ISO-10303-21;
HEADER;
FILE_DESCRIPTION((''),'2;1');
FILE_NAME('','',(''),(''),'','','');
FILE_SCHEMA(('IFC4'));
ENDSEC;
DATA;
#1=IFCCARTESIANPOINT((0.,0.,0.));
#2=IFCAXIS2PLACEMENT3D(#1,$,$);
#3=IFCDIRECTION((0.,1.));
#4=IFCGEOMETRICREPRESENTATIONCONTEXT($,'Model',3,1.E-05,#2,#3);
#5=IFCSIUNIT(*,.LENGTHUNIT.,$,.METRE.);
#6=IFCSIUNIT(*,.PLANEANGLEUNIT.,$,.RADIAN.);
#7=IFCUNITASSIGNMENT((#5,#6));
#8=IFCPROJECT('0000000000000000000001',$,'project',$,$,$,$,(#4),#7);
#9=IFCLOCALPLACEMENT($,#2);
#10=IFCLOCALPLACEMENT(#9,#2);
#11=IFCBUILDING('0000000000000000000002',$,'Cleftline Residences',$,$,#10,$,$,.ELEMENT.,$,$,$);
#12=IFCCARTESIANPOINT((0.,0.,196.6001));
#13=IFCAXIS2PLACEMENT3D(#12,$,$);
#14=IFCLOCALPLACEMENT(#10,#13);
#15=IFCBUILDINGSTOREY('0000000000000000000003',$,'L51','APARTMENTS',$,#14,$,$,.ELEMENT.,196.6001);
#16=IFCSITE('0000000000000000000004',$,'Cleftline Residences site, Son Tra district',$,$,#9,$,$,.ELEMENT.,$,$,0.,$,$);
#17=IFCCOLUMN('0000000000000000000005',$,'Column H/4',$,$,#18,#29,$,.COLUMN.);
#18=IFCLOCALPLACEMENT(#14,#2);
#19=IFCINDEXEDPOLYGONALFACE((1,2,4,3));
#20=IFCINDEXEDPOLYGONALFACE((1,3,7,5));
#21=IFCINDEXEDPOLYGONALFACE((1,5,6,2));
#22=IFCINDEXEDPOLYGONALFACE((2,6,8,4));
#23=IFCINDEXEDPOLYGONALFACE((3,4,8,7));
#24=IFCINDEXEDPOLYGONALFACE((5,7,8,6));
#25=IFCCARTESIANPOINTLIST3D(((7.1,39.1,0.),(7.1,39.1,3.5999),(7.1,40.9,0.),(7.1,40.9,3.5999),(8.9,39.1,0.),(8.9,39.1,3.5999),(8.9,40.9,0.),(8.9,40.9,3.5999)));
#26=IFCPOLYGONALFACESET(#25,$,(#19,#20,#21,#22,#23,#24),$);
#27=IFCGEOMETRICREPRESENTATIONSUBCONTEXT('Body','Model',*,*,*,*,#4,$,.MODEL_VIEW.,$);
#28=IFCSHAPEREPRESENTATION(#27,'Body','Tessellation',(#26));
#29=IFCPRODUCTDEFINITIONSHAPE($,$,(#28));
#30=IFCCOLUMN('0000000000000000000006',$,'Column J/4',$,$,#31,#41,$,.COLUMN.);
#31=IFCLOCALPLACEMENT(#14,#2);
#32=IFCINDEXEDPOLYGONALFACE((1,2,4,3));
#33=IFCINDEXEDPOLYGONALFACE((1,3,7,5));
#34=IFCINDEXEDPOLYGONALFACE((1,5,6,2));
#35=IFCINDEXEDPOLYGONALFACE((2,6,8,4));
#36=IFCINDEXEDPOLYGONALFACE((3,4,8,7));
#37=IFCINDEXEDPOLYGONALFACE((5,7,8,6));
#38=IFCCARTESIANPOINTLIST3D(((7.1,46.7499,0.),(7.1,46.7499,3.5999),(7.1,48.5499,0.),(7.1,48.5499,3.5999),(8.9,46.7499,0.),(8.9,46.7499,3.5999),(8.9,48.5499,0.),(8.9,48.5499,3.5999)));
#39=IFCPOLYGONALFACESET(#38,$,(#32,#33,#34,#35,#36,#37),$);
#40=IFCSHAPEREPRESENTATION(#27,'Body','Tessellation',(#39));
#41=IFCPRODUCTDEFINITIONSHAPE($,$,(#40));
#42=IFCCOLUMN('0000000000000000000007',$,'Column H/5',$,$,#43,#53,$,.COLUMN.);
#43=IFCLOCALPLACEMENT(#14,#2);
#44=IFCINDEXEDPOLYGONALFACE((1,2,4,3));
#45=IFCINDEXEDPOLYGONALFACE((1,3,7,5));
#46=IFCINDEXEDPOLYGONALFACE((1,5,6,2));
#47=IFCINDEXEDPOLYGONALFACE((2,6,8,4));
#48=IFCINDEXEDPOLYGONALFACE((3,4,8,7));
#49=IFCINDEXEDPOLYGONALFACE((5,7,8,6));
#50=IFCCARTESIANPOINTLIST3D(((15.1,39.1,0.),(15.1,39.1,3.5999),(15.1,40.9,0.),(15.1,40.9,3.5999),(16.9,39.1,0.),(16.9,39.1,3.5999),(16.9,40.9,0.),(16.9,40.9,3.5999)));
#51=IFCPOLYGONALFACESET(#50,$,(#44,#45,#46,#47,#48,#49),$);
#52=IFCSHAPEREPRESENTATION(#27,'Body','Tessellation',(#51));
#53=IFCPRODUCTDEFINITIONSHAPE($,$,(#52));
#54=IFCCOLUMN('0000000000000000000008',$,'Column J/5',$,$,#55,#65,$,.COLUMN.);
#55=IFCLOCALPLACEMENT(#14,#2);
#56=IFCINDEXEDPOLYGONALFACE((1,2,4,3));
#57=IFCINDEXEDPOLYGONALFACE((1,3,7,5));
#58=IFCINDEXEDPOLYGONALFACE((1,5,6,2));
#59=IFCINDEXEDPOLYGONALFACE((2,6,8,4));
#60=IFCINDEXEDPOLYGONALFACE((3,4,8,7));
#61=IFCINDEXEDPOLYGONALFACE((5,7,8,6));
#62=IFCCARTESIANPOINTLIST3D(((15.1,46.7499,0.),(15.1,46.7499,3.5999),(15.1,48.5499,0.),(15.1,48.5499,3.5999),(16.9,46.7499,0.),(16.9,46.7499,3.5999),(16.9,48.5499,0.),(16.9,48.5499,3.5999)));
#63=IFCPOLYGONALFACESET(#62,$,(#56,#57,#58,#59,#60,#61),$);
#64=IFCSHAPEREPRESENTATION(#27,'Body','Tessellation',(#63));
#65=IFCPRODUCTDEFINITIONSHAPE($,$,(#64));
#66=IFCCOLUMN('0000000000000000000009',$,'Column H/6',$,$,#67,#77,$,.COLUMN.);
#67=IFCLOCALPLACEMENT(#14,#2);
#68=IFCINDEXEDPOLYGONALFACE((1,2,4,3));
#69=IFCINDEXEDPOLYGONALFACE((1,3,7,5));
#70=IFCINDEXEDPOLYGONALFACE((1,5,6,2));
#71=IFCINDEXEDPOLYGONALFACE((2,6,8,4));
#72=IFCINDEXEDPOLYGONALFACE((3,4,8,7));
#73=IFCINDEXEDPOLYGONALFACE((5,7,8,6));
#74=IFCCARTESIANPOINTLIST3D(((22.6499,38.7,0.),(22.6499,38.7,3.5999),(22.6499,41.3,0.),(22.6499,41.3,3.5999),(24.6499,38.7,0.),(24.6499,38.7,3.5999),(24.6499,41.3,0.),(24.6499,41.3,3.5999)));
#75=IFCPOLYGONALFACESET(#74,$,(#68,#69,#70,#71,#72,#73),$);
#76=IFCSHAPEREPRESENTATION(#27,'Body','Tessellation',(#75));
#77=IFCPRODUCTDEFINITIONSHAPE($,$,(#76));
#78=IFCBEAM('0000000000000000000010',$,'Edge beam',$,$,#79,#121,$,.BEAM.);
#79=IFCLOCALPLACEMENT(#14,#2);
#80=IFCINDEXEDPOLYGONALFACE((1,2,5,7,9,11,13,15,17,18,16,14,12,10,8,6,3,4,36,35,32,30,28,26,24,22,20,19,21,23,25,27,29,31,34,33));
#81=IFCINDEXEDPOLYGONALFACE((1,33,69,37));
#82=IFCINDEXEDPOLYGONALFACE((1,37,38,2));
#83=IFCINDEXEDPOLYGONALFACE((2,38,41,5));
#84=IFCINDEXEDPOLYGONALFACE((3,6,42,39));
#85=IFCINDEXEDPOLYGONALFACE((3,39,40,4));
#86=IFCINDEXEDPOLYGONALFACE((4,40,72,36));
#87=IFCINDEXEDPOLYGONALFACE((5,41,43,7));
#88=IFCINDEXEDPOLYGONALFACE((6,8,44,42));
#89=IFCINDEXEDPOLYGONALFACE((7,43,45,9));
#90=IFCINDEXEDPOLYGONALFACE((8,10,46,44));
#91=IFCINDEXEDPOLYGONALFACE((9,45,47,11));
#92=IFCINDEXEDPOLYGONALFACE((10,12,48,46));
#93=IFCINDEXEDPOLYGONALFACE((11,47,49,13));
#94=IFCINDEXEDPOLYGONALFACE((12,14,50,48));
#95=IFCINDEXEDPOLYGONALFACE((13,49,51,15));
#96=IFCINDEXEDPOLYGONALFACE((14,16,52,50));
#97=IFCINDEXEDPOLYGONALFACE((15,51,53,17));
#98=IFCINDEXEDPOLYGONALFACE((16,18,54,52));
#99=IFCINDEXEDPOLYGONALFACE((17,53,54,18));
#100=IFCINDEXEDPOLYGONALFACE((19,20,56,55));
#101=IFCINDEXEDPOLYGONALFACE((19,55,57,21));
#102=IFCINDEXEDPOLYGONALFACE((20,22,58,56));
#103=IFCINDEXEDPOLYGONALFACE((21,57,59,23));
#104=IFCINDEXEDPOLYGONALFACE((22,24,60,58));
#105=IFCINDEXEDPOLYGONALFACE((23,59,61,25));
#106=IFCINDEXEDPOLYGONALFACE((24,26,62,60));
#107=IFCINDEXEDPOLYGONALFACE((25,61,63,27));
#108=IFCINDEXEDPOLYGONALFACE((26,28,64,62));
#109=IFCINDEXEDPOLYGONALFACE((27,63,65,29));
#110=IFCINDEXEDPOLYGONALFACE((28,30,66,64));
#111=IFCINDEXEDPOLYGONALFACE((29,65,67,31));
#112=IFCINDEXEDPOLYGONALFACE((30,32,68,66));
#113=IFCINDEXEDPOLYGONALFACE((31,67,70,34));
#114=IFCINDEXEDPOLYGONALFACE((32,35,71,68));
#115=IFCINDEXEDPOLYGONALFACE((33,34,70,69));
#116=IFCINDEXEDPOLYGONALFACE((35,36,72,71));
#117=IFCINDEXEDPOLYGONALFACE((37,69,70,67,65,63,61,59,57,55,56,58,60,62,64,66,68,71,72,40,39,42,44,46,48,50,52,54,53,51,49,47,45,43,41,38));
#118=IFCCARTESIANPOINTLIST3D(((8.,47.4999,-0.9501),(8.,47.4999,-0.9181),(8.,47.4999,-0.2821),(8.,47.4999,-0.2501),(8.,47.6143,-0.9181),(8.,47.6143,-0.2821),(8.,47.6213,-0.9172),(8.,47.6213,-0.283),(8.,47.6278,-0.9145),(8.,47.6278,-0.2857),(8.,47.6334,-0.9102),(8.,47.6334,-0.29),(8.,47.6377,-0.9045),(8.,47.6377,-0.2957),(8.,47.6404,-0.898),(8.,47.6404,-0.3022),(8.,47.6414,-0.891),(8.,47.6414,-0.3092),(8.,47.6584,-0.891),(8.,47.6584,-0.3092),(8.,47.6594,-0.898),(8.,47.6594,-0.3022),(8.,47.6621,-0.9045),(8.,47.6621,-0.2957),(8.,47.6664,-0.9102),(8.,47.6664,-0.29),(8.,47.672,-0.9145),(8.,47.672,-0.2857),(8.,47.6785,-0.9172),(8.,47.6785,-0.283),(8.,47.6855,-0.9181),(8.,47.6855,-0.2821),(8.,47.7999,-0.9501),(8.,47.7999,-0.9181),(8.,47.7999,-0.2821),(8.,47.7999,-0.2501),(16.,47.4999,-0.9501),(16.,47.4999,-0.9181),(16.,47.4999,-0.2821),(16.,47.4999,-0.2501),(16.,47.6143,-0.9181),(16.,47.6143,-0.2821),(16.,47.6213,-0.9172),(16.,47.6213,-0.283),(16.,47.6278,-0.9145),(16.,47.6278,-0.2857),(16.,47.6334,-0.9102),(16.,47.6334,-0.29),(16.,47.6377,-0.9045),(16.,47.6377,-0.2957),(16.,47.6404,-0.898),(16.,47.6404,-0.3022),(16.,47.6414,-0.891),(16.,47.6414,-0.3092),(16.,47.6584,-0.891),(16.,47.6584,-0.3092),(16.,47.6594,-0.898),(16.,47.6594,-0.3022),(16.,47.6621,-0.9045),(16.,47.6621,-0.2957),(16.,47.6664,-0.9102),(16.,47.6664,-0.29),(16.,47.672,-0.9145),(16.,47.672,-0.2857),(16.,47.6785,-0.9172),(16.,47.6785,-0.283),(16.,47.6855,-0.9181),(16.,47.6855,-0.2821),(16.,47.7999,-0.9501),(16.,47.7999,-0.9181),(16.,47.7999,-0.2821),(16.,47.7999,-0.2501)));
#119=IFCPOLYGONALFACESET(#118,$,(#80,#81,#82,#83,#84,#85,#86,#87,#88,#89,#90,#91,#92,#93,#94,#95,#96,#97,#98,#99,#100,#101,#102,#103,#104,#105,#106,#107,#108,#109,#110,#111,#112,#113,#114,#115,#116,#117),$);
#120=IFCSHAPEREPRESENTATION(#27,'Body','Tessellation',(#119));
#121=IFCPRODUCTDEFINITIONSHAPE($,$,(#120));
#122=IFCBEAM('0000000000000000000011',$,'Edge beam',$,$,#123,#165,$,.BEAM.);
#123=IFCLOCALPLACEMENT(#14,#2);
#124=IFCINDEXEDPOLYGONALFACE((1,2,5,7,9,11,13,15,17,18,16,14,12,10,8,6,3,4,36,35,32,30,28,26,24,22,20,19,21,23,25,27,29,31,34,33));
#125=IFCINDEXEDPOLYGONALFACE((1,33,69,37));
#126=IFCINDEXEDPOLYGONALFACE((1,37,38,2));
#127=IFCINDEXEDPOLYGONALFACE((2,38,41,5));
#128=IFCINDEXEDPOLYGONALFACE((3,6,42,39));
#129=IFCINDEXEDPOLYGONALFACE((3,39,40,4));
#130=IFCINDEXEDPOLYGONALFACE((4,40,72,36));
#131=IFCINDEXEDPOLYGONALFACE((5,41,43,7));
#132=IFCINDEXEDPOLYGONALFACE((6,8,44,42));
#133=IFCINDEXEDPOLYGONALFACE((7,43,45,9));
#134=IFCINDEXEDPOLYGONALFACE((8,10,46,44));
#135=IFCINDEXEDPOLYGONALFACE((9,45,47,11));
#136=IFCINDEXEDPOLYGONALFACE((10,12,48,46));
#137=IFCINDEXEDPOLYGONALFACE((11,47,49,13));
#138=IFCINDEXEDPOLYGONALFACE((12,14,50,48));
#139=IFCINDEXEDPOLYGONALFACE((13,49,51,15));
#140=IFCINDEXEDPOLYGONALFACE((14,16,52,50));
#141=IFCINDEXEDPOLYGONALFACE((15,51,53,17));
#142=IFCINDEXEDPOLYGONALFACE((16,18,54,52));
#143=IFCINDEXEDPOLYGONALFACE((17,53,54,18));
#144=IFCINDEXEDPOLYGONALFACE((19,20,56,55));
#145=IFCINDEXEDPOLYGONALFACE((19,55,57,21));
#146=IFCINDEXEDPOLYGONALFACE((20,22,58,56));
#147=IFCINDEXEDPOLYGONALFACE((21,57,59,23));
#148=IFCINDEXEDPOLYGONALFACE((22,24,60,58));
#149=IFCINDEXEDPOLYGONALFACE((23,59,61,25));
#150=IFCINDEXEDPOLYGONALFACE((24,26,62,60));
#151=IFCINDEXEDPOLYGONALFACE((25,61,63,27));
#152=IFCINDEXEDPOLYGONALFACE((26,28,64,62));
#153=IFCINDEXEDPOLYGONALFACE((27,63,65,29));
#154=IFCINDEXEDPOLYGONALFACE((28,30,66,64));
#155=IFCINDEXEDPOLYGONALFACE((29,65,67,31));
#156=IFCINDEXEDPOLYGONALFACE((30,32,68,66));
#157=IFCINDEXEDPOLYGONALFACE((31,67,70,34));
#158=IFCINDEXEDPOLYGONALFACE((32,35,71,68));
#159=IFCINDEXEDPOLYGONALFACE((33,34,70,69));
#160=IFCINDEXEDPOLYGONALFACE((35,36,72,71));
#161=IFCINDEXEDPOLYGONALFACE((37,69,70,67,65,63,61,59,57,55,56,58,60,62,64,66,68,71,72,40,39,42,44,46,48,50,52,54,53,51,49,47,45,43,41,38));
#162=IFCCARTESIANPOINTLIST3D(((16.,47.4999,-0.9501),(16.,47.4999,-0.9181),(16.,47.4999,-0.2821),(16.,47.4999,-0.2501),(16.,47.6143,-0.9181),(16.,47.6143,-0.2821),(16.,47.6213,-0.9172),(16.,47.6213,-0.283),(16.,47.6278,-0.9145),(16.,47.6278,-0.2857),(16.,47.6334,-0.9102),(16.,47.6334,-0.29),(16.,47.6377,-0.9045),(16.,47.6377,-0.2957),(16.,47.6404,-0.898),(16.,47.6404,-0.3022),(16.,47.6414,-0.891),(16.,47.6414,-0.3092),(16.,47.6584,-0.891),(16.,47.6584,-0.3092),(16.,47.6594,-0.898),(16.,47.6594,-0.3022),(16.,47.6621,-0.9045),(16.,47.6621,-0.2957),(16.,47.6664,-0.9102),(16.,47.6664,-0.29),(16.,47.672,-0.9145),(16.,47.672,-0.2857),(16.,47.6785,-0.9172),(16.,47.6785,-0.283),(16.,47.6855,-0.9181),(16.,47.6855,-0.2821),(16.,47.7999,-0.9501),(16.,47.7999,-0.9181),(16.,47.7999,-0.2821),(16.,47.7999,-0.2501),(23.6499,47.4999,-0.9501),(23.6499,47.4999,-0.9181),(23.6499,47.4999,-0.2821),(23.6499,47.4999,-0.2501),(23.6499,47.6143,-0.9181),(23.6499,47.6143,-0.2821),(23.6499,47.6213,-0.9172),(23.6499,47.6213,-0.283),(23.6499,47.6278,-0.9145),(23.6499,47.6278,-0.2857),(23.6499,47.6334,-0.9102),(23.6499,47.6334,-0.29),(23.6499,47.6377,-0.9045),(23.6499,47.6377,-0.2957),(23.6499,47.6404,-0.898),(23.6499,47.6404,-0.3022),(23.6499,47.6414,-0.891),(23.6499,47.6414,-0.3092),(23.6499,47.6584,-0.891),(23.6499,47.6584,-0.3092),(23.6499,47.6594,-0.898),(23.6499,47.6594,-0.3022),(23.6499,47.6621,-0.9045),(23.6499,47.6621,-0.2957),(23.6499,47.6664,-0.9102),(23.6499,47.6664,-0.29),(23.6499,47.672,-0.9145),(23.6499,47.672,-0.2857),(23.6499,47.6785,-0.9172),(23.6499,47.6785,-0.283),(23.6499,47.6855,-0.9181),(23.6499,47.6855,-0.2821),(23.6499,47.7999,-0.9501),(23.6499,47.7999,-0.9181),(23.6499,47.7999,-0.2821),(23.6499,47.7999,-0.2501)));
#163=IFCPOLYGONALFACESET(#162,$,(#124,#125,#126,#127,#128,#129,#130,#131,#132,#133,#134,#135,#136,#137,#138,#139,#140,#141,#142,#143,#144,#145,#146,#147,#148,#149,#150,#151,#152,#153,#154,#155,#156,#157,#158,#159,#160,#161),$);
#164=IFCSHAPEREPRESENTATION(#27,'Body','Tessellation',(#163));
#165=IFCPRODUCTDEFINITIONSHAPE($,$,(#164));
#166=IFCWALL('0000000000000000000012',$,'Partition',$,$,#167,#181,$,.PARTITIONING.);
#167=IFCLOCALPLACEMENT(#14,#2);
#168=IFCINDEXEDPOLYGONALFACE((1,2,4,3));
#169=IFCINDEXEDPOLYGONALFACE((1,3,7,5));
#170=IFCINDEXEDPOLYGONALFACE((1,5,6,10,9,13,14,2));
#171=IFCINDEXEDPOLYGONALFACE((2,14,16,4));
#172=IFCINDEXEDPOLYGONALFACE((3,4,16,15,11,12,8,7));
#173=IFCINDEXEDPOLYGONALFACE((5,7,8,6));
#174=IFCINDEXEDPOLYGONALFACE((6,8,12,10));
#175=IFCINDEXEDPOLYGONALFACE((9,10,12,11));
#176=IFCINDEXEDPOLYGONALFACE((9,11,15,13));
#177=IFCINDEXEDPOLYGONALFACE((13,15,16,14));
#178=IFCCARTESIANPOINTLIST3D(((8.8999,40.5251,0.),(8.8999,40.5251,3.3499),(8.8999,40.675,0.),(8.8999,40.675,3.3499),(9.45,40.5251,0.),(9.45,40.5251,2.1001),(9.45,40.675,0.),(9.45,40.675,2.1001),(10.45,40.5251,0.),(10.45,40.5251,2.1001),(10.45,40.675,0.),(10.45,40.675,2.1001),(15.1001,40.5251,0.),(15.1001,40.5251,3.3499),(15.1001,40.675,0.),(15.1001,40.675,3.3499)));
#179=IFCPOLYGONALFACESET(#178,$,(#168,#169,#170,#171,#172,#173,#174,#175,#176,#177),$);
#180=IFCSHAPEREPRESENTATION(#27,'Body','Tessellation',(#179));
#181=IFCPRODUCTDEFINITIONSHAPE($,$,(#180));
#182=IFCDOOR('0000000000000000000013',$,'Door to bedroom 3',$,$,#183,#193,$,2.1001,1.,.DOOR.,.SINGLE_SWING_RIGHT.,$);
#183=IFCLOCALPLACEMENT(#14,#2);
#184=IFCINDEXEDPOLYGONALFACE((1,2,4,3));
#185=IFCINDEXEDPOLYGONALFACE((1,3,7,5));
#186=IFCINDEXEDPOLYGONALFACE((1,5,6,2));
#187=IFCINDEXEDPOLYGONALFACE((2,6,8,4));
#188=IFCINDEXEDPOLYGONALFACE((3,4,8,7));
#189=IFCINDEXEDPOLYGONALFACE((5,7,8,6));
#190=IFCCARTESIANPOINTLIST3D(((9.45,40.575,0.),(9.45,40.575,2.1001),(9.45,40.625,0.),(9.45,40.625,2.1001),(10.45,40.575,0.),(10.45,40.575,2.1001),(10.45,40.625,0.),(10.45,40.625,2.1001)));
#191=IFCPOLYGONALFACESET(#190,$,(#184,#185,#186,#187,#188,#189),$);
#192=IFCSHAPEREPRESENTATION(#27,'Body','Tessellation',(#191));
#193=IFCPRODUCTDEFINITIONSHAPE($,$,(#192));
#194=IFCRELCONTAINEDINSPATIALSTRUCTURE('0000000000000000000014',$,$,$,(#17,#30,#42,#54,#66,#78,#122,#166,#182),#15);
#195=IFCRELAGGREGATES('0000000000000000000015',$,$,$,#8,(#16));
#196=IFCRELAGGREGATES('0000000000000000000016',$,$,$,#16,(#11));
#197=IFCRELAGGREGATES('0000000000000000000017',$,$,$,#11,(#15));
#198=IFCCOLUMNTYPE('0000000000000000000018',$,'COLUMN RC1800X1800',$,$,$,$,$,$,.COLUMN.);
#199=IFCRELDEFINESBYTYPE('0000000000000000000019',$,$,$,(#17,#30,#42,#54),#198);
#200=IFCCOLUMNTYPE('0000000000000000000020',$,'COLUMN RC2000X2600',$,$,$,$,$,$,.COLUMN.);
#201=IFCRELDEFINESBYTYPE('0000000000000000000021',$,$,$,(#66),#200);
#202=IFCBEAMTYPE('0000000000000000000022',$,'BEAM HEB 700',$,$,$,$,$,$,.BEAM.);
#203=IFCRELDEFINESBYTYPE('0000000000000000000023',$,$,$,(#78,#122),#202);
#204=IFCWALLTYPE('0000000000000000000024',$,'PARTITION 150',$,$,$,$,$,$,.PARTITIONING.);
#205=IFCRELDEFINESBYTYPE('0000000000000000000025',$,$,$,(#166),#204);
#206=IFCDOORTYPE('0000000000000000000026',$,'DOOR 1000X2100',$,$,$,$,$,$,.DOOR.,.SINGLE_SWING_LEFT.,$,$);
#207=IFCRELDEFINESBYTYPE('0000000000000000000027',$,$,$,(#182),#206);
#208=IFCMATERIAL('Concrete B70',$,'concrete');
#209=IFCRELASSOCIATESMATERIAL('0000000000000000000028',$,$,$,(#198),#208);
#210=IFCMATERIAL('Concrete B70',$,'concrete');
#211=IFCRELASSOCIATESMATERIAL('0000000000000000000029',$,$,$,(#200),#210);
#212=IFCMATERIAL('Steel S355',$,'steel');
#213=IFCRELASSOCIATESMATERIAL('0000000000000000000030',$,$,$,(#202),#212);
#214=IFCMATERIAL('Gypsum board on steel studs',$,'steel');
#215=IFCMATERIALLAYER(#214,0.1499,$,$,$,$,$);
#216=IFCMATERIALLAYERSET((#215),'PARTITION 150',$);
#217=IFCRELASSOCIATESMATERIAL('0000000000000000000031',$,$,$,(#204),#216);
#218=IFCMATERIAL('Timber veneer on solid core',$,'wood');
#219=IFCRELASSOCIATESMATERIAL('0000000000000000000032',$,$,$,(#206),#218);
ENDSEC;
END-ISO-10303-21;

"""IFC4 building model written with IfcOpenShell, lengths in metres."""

from ifc_helpers import new_model, si_unit, direction, frame, frame_2d, origin, origin_2d, place, context, subcontext, project, spatial, rectangle, i_section, extrude, material, layer, layer_set, material_profile, profile_set, type_object, element, fill, save


model = new_model("IFC4")

# Units and contexts
model_context = context("Model", 3, precision=1e-05, world=origin(), true_north=direction((0.0, 1.0)))
body_context = subcontext(model_context, "Body", "Model", "MODEL_VIEW")
ifc_project = project(units=[si_unit("LENGTHUNIT", "METRE"), si_unit("PLANEANGLEUNIT", "RADIAN")], contexts=[model_context])

# Site, building, storey
site_placement = place(None, origin())
site = spatial("IfcSite", under=ifc_project, at=site_placement, Name="Cleftline Residences site, Son Tra district", CompositionType="ELEMENT", RefElevation=0.0)
building_placement = place(site_placement, origin())
building = spatial("IfcBuilding", under=site, at=building_placement, Name="Cleftline Residences", CompositionType="ELEMENT")
storey_placement = place(building_placement, frame((0.0, 0.0, 196.6001)))
storey = spatial("IfcBuildingStorey", under=building, at=storey_placement, Name="L51", Description="APARTMENTS", CompositionType="ELEMENT", Elevation=196.6001)

# Columns
ifc_material_1 = material(Name="Concrete B70", Category="concrete")
ifc_material_profile_1 = material_profile(ifc_material_1, rectangle(XDim=1.8, YDim=1.8, at=origin_2d()))
ifc_profile_set_1 = profile_set([ifc_material_profile_1], Name="Concrete B70")
column_type_1 = type_object("IfcColumnType", Name="COLUMN RC1800X1800", PredefinedType="COLUMN", material=ifc_profile_set_1)
for number, where, z_axis, x_axis, name in (
    (1, (8.0, 40.0, 0.0), (0.0, 0.0, 1.0), (1.0, 0.0, 0.0), "Column H/4"),
    (2, (8.0, 47.6499, 0.0), (0.0, 0.0, 1.0), (1.0, 0.0, 0.0), "Column J/4"),
    (3, (16.0, 40.0, 0.0), (0.0, 0.0, 1.0), (1.0, 0.0, 0.0), "Column H/5"),
    (4, (16.0, 47.6499, 0.0), (0.0, 0.0, 1.0), (1.0, 0.0, 0.0), "Column J/5"),
):
    element("IfcColumn", number, at=place(storey_placement, frame(where, z_axis=z_axis, x_axis=x_axis)), inside=storey, type_object=column_type_1, Name=name, PredefinedType="COLUMN", context=body_context, shape_type="SweptSolid", body=[
        extrude(rectangle(XDim=1.8, YDim=1.8, at=origin_2d()), origin(), (0.0, 0.0, 1.0), 3.5999),
    ])
ifc_material_2 = material(Name="Concrete B70", Category="concrete")
ifc_material_profile_2 = material_profile(ifc_material_2, rectangle(XDim=2.0, YDim=2.6001, at=origin_2d()))
ifc_profile_set_2 = profile_set([ifc_material_profile_2], Name="Concrete B70")
column_type_2 = type_object("IfcColumnType", Name="COLUMN RC2000X2600", PredefinedType="COLUMN", material=ifc_profile_set_2)
column_placement = place(storey_placement, frame((23.6499, 40.0, 0.0), z_axis=(0.0, 0.0, 1.0), x_axis=(1.0, 0.0, 0.0)))
element("IfcColumn", 5, at=column_placement, inside=storey, type_object=column_type_2, Name="Column H/6", PredefinedType="COLUMN", context=body_context, shape_type="SweptSolid", body=[
    extrude(rectangle(XDim=2.0, YDim=2.6001, at=origin_2d()), origin(), (0.0, 0.0, 1.0), 3.5999),
])

# Beams
ifc_material_3 = material(Name="Steel S355", Category="steel")
ifc_material_profile_3 = material_profile(ifc_material_3, i_section(OverallWidth=0.3, OverallDepth=0.7, WebThickness=0.0171, FlangeThickness=0.032, FilletRadius=0.0271, at=origin_2d()))
ifc_profile_set_3 = profile_set([ifc_material_profile_3], Name="Steel S355")
beam_type = type_object("IfcBeamType", Name="BEAM HEB 700", PredefinedType="BEAM", material=ifc_profile_set_3)
beam_1_placement = place(storey_placement, frame((8.0, 47.6499, -0.6001), z_axis=(1.0, 0.0, 0.0), x_axis=(0.0, 1.0, 0.0)))
element("IfcBeam", 6, at=beam_1_placement, inside=storey, type_object=beam_type, Name="Edge beam", PredefinedType="BEAM", context=body_context, shape_type="SweptSolid", body=[
    extrude(i_section(OverallWidth=0.3, OverallDepth=0.7, WebThickness=0.0171, FlangeThickness=0.032, FilletRadius=0.0271, at=origin_2d()), origin(), (0.0, 0.0, 1.0), 8.0),
])
beam_2_placement = place(storey_placement, frame((16.0, 47.6499, -0.6001), z_axis=(1.0, 0.0, 0.0), x_axis=(0.0, 1.0, 0.0)))
element("IfcBeam", 7, at=beam_2_placement, inside=storey, type_object=beam_type, Name="Edge beam", PredefinedType="BEAM", context=body_context, shape_type="SweptSolid", body=[
    extrude(i_section(OverallWidth=0.3, OverallDepth=0.7, WebThickness=0.0171, FlangeThickness=0.032, FilletRadius=0.0271, at=origin_2d()), origin(), (0.0, 0.0, 1.0), 7.6499),
])

# Wall, opening, door
ifc_material_4 = material(Name="Gypsum board on steel studs", Category="steel")
ifc_layer = layer(ifc_material_4, 0.1499)
ifc_layer_set = layer_set([ifc_layer], Name="PARTITION 150")
wall_type = type_object("IfcWallType", Name="PARTITION 150", PredefinedType="PARTITIONING", material=ifc_layer_set)
wall_1_placement = place(storey_placement, frame((8.8999, 40.6001, 0.0), z_axis=(0.0, 0.0, 1.0), x_axis=(1.0, 0.0, 0.0)))
wall_1 = element("IfcWall", 8, at=wall_1_placement, inside=storey, type_object=wall_type, Name="Partition", PredefinedType="PARTITIONING", context=body_context, shape_type="SweptSolid", body=[
    extrude(rectangle(XDim=6.2002, YDim=0.1499, at=frame_2d((3.1001, 0.0))), origin(), (0.0, 0.0, 1.0), 3.3499),
])
opening_1_placement = place(wall_1_placement, frame((0.55, 0.0, 0.0)))
opening_1 = element("IfcOpeningElement", 9, at=opening_1_placement, cuts=wall_1, PredefinedType="OPENING", context=body_context, shape_type="SweptSolid", body=[
    extrude(rectangle(XDim=1.0, YDim=2.1001, at=frame_2d((0.5, 1.05))), frame((0.0, 0.085, 0.0), z_axis=(0.0, -1.0, 0.0), x_axis=(1.0, 0.0, 0.0)), (0.0, 0.0, 1.0), 0.1699),
])
ifc_material_5 = material(Name="Timber veneer on solid core", Category="wood")
door_type_1 = type_object("IfcDoorType", Name="DOOR 1000X2100", OperationType="SINGLE_SWING_LEFT", PredefinedType="DOOR", material=ifc_material_5)
door_1_placement = place(opening_1_placement, origin())
door_1 = element("IfcDoor", 10, at=door_1_placement, inside=storey, type_object=door_type_1, Name="Door to bedroom 3", OperationType="SINGLE_SWING_RIGHT", OverallHeight=2.1001, OverallWidth=1.0, PredefinedType="DOOR", context=body_context, shape_type="SweptSolid", body=[
    extrude(rectangle(XDim=1.0, YDim=2.1001, at=frame_2d((0.5, 1.05))), frame((0.0, 0.0249, 0.0), z_axis=(0.0, -1.0, 0.0), x_axis=(1.0, 0.0, 0.0)), (0.0, 0.0, 1.0), 0.05),
])
fill(opening_1, door_1)

save(model, "model.ifc")
